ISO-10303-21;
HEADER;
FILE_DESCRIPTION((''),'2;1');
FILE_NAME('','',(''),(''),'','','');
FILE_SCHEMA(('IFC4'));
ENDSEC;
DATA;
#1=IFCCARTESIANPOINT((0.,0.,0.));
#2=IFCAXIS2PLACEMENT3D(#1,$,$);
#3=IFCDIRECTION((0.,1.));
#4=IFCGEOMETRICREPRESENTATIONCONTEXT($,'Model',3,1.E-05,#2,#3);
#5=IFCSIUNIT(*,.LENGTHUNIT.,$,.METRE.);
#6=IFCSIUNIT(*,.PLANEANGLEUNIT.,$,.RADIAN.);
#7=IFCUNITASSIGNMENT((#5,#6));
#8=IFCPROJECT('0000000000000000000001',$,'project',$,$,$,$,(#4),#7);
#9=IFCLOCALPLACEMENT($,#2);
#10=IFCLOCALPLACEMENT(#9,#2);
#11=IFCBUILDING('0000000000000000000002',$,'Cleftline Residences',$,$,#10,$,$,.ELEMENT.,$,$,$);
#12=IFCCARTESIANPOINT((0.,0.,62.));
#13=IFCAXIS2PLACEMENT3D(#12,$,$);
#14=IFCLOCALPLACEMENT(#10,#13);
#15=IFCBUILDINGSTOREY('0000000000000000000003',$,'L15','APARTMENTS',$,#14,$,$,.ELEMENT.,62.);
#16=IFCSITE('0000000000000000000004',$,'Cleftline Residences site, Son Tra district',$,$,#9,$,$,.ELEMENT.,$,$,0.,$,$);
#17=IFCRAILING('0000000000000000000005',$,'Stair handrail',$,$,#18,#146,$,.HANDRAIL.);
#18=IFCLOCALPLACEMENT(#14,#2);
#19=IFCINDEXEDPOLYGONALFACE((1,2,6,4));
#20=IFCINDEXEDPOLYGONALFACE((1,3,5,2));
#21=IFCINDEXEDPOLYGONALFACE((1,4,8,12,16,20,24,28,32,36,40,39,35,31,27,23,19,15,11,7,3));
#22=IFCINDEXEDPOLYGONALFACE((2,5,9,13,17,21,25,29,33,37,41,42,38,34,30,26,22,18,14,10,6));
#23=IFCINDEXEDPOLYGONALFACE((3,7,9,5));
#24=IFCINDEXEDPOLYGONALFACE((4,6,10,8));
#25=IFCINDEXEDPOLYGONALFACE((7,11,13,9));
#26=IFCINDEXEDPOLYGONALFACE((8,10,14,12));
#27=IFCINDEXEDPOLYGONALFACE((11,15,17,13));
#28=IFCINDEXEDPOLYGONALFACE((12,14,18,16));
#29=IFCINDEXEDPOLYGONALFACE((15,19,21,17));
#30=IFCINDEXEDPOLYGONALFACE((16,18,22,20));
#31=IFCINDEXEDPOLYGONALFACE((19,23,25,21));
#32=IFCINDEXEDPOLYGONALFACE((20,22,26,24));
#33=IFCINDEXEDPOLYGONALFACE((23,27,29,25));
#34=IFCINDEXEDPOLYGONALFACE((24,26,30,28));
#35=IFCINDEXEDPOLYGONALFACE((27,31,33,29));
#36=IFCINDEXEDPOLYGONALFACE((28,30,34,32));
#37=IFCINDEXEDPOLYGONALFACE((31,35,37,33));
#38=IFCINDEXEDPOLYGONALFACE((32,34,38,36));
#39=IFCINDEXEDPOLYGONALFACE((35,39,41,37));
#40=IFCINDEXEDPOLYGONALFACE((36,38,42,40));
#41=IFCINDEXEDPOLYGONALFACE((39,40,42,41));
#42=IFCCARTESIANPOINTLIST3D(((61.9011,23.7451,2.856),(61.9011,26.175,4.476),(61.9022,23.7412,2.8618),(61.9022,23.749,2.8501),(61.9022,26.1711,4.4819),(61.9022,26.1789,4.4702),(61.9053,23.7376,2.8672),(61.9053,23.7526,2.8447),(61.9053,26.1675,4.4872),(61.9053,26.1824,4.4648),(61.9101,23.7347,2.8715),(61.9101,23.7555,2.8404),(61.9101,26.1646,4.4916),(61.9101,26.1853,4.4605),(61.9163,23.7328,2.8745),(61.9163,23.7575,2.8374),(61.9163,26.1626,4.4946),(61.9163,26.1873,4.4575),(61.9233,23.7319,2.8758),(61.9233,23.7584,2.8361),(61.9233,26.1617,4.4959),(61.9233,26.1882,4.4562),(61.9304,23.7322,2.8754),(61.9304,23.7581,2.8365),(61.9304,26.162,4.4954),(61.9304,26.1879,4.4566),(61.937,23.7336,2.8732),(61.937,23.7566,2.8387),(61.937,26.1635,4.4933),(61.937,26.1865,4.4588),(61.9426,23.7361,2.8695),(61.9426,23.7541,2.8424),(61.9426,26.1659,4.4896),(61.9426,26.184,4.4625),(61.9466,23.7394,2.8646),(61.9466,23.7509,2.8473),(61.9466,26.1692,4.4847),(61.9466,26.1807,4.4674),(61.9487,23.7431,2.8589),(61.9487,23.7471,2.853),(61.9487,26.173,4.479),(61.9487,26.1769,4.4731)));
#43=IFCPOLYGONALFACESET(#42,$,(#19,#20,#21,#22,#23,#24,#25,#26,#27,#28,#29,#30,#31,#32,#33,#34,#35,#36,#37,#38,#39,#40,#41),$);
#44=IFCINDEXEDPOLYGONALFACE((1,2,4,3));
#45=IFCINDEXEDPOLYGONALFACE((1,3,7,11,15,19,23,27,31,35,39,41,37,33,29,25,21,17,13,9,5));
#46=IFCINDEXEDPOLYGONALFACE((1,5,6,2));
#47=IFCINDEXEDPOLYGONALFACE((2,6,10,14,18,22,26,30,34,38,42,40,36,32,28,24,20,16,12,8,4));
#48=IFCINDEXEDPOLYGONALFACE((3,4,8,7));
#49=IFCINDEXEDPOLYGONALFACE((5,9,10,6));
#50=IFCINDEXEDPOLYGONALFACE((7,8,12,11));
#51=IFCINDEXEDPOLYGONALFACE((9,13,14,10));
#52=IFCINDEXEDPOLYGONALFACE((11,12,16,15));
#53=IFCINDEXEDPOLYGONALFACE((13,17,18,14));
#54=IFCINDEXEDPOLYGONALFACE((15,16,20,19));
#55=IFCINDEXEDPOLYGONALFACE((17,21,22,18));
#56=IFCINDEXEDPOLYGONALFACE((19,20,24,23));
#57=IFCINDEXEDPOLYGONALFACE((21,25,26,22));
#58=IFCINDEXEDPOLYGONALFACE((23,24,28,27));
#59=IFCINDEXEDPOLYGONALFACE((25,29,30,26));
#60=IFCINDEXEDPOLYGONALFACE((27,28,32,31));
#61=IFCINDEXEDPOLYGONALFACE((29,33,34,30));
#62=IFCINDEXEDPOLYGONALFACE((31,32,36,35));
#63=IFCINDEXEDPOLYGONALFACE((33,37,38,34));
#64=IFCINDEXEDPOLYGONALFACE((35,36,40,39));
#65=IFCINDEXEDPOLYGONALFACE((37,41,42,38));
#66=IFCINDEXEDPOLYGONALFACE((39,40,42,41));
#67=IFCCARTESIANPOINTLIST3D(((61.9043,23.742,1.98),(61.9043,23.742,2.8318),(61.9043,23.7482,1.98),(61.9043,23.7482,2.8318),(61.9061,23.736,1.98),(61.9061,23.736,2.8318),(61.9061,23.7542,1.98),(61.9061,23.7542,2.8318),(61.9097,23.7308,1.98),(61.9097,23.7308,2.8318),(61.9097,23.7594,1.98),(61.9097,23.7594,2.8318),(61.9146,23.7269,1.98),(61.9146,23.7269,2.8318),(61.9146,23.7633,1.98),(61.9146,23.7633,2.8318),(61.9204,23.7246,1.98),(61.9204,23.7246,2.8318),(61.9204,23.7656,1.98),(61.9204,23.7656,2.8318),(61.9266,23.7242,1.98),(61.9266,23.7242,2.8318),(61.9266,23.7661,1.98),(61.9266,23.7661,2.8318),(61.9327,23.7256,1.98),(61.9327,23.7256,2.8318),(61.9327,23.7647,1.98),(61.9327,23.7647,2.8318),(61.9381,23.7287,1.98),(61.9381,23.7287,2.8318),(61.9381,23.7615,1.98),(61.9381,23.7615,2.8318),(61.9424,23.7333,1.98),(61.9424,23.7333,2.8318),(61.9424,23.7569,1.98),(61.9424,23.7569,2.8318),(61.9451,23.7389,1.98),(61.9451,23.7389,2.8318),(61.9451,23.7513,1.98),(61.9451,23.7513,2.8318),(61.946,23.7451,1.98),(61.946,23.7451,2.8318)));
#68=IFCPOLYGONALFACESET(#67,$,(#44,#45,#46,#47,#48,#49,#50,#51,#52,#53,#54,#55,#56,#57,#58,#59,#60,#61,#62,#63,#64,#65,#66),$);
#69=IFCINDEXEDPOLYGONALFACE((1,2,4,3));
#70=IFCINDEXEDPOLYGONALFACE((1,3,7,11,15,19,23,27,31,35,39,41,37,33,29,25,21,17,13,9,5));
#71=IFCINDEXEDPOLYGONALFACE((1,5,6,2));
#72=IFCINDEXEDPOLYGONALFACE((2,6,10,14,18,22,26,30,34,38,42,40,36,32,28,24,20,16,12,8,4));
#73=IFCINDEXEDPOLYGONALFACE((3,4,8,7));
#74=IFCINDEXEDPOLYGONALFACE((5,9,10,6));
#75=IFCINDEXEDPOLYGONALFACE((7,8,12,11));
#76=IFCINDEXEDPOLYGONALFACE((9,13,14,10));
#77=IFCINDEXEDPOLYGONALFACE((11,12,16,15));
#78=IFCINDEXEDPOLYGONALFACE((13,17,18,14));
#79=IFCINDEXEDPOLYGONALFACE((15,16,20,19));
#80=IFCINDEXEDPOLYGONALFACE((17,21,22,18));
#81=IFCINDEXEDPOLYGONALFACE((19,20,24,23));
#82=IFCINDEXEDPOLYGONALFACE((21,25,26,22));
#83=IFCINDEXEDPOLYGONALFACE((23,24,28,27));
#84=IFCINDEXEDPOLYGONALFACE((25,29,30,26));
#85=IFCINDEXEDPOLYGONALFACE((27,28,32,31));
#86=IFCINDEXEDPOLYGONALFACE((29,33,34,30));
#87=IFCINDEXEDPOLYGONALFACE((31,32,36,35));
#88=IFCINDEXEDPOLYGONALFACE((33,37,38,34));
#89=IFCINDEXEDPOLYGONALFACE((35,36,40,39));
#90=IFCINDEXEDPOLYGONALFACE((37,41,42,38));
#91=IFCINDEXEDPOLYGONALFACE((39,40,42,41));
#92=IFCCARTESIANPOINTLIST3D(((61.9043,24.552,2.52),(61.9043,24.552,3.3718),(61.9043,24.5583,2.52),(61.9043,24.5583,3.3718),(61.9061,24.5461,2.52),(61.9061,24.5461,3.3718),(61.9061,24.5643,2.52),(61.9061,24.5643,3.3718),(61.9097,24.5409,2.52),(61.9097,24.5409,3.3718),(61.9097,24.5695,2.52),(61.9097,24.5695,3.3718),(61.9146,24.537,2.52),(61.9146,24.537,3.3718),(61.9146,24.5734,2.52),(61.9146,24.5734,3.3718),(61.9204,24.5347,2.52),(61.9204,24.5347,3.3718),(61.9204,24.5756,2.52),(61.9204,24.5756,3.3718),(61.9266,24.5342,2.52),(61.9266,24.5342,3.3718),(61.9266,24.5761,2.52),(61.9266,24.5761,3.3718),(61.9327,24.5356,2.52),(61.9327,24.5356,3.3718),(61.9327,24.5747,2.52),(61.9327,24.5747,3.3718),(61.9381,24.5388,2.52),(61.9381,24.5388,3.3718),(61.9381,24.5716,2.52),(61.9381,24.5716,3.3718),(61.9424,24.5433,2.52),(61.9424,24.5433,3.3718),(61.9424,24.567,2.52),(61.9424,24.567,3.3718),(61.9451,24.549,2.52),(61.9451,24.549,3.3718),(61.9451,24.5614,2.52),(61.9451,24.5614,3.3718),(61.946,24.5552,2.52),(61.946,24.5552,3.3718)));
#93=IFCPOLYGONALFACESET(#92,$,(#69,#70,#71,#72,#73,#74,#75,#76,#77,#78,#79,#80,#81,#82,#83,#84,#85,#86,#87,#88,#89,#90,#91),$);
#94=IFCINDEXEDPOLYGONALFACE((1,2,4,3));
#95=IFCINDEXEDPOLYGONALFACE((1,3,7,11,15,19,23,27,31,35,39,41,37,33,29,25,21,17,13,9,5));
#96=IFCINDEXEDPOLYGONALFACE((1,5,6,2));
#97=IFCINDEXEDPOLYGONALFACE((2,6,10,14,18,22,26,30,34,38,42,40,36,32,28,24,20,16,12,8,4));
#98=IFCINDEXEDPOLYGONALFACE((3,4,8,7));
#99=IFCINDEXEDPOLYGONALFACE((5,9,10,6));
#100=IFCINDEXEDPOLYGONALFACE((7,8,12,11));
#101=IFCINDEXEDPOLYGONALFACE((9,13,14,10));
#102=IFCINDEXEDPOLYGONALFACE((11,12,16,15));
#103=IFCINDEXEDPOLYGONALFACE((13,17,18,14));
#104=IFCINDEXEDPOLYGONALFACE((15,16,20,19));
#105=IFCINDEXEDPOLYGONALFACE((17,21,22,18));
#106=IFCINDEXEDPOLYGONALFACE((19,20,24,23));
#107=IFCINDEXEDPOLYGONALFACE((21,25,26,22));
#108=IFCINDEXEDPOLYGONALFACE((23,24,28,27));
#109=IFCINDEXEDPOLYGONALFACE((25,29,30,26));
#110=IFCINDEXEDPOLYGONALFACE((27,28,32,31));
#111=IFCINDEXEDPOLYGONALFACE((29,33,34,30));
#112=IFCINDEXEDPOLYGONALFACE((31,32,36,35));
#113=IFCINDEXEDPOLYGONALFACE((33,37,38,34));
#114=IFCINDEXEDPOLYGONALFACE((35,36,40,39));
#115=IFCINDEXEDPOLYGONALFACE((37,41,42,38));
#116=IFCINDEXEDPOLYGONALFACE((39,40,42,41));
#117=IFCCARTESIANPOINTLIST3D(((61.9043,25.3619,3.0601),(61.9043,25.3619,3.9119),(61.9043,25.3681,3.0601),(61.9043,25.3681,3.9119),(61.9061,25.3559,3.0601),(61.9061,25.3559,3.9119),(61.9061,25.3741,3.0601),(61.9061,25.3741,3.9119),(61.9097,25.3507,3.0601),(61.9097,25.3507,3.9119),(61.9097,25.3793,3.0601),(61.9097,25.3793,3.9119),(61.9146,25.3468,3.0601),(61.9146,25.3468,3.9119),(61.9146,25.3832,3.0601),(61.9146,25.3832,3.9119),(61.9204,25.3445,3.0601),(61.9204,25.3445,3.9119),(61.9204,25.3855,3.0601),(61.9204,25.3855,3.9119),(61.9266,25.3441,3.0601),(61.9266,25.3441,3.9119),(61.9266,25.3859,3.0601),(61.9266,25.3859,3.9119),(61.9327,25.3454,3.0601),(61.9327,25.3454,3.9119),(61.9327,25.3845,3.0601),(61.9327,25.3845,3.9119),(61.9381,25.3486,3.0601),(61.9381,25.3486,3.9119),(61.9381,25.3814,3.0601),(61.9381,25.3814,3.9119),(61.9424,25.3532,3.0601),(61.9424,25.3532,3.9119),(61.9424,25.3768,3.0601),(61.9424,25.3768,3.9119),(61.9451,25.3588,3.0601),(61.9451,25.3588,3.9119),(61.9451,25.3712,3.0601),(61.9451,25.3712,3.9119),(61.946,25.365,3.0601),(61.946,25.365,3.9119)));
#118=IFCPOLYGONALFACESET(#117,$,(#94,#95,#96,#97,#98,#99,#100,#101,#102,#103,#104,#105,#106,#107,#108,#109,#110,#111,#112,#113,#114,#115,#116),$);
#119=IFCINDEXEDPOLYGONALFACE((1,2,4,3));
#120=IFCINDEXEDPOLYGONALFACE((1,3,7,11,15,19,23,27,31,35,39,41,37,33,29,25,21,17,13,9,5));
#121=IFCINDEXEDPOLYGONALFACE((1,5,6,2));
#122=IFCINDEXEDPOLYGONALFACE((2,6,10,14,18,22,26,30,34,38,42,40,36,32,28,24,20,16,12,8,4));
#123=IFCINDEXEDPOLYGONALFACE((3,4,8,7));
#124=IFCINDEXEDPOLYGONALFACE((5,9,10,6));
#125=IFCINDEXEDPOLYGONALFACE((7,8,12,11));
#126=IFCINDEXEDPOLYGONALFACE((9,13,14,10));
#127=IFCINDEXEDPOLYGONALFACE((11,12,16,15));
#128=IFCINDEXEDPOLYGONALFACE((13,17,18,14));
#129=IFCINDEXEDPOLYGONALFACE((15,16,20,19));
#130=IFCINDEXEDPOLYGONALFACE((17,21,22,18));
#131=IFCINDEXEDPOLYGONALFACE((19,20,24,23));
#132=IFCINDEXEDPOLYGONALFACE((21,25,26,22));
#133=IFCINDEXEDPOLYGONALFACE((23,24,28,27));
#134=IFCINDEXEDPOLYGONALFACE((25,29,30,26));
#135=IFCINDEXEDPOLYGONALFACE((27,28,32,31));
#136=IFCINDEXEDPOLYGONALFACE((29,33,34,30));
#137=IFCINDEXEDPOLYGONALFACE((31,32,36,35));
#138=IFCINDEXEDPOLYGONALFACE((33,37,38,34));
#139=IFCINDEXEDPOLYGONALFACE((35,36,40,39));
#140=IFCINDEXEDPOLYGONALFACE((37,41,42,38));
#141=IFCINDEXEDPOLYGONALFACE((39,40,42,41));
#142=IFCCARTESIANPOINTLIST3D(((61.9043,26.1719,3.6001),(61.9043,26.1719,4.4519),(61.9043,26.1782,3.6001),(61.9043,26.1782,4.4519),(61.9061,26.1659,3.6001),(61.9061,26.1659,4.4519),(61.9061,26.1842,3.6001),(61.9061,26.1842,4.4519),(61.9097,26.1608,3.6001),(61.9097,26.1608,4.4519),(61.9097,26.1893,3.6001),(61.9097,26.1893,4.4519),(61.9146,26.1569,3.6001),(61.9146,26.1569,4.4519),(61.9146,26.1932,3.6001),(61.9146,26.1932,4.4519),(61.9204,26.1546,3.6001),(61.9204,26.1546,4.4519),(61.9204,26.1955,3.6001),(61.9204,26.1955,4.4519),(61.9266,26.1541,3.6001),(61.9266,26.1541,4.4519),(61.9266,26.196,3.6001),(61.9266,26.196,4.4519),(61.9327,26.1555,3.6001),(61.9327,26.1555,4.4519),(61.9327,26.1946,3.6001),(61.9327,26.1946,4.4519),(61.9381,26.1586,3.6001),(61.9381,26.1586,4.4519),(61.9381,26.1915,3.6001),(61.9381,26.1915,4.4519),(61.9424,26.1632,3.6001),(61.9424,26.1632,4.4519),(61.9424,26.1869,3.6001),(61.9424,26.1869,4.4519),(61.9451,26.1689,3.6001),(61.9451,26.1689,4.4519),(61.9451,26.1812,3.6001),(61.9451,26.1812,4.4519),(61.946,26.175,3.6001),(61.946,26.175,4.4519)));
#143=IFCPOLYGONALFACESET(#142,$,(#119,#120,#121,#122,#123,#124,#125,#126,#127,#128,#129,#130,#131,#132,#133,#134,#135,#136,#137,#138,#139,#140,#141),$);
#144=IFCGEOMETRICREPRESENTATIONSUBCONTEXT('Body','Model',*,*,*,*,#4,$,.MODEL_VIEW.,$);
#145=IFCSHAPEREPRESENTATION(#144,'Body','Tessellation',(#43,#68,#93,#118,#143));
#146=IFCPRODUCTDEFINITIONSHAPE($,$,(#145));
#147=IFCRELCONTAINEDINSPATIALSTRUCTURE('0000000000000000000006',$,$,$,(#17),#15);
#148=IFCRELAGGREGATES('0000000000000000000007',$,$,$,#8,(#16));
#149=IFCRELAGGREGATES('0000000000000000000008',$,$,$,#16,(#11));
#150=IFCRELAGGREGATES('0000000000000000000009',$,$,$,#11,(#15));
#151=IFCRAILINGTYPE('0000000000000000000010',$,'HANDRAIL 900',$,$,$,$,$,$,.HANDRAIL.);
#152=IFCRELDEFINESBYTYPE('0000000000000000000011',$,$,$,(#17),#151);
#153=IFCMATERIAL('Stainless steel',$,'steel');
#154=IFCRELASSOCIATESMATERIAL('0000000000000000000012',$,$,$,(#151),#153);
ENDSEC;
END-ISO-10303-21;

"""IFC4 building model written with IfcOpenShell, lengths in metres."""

from ifc_helpers import new_model, si_unit, direction, frame, origin, origin_2d, place, context, subcontext, project, spatial, circle, extrude, material, type_object, element, save


model = new_model("IFC4")

# Units and contexts
model_context = context("Model", 3, precision=1e-05, world=origin(), true_north=direction((0.0, 1.0)))
body_context = subcontext(model_context, "Body", "Model", "MODEL_VIEW")
ifc_project = project(units=[si_unit("LENGTHUNIT", "METRE"), si_unit("PLANEANGLEUNIT", "RADIAN")], contexts=[model_context])

# Site, building, storey
site_placement = place(None, origin())
site = spatial("IfcSite", under=ifc_project, at=site_placement, Name="Cleftline Residences site, Son Tra district", CompositionType="ELEMENT", RefElevation=0.0)
building_placement = place(site_placement, origin())
building = spatial("IfcBuilding", under=site, at=building_placement, Name="Cleftline Residences", CompositionType="ELEMENT")
storey_placement = place(building_placement, frame((0.0, 0.0, 62.0)))
storey = spatial("IfcBuildingStorey", under=building, at=storey_placement, Name="L15", Description="APARTMENTS", CompositionType="ELEMENT", Elevation=62.0)

# Railing
ifc_material_1 = material(Name="Stainless steel", Category="steel")
railing_type = type_object("IfcRailingType", Name="HANDRAIL 900", PredefinedType="HANDRAIL", material=ifc_material_1)
railing_placement = place(storey_placement, frame((61.925, 23.7451, 1.98)))
element("IfcRailing", 1, at=railing_placement, inside=storey, type_object=railing_type, Name="Stair handrail", PredefinedType="HANDRAIL", context=body_context, shape_type="SweptSolid", body=[
    extrude(circle(Radius=0.0239, at=origin_2d()), frame((0.0, 0.0, 0.876), z_axis=(0.0, 0.832025, 0.554739), x_axis=(-1.0, 0.0, 0.0)), (0.0, 0.0, 1.0), 2.9204),
    extrude(circle(Radius=0.021, at=origin_2d()), origin(), (0.0, 0.0, 1.0), 0.8518),
    extrude(circle(Radius=0.021, at=origin_2d()), frame((0.0, 0.8101, 0.54)), (0.0, 0.0, 1.0), 0.8518),
    extrude(circle(Radius=0.021, at=origin_2d()), frame((0.0, 1.6199, 1.0801)), (0.0, 0.0, 1.0), 0.8518),
    extrude(circle(Radius=0.021, at=origin_2d()), frame((0.0, 2.4299, 1.6201)), (0.0, 0.0, 1.0), 0.8518),
])

save(model, "model.ifc")
